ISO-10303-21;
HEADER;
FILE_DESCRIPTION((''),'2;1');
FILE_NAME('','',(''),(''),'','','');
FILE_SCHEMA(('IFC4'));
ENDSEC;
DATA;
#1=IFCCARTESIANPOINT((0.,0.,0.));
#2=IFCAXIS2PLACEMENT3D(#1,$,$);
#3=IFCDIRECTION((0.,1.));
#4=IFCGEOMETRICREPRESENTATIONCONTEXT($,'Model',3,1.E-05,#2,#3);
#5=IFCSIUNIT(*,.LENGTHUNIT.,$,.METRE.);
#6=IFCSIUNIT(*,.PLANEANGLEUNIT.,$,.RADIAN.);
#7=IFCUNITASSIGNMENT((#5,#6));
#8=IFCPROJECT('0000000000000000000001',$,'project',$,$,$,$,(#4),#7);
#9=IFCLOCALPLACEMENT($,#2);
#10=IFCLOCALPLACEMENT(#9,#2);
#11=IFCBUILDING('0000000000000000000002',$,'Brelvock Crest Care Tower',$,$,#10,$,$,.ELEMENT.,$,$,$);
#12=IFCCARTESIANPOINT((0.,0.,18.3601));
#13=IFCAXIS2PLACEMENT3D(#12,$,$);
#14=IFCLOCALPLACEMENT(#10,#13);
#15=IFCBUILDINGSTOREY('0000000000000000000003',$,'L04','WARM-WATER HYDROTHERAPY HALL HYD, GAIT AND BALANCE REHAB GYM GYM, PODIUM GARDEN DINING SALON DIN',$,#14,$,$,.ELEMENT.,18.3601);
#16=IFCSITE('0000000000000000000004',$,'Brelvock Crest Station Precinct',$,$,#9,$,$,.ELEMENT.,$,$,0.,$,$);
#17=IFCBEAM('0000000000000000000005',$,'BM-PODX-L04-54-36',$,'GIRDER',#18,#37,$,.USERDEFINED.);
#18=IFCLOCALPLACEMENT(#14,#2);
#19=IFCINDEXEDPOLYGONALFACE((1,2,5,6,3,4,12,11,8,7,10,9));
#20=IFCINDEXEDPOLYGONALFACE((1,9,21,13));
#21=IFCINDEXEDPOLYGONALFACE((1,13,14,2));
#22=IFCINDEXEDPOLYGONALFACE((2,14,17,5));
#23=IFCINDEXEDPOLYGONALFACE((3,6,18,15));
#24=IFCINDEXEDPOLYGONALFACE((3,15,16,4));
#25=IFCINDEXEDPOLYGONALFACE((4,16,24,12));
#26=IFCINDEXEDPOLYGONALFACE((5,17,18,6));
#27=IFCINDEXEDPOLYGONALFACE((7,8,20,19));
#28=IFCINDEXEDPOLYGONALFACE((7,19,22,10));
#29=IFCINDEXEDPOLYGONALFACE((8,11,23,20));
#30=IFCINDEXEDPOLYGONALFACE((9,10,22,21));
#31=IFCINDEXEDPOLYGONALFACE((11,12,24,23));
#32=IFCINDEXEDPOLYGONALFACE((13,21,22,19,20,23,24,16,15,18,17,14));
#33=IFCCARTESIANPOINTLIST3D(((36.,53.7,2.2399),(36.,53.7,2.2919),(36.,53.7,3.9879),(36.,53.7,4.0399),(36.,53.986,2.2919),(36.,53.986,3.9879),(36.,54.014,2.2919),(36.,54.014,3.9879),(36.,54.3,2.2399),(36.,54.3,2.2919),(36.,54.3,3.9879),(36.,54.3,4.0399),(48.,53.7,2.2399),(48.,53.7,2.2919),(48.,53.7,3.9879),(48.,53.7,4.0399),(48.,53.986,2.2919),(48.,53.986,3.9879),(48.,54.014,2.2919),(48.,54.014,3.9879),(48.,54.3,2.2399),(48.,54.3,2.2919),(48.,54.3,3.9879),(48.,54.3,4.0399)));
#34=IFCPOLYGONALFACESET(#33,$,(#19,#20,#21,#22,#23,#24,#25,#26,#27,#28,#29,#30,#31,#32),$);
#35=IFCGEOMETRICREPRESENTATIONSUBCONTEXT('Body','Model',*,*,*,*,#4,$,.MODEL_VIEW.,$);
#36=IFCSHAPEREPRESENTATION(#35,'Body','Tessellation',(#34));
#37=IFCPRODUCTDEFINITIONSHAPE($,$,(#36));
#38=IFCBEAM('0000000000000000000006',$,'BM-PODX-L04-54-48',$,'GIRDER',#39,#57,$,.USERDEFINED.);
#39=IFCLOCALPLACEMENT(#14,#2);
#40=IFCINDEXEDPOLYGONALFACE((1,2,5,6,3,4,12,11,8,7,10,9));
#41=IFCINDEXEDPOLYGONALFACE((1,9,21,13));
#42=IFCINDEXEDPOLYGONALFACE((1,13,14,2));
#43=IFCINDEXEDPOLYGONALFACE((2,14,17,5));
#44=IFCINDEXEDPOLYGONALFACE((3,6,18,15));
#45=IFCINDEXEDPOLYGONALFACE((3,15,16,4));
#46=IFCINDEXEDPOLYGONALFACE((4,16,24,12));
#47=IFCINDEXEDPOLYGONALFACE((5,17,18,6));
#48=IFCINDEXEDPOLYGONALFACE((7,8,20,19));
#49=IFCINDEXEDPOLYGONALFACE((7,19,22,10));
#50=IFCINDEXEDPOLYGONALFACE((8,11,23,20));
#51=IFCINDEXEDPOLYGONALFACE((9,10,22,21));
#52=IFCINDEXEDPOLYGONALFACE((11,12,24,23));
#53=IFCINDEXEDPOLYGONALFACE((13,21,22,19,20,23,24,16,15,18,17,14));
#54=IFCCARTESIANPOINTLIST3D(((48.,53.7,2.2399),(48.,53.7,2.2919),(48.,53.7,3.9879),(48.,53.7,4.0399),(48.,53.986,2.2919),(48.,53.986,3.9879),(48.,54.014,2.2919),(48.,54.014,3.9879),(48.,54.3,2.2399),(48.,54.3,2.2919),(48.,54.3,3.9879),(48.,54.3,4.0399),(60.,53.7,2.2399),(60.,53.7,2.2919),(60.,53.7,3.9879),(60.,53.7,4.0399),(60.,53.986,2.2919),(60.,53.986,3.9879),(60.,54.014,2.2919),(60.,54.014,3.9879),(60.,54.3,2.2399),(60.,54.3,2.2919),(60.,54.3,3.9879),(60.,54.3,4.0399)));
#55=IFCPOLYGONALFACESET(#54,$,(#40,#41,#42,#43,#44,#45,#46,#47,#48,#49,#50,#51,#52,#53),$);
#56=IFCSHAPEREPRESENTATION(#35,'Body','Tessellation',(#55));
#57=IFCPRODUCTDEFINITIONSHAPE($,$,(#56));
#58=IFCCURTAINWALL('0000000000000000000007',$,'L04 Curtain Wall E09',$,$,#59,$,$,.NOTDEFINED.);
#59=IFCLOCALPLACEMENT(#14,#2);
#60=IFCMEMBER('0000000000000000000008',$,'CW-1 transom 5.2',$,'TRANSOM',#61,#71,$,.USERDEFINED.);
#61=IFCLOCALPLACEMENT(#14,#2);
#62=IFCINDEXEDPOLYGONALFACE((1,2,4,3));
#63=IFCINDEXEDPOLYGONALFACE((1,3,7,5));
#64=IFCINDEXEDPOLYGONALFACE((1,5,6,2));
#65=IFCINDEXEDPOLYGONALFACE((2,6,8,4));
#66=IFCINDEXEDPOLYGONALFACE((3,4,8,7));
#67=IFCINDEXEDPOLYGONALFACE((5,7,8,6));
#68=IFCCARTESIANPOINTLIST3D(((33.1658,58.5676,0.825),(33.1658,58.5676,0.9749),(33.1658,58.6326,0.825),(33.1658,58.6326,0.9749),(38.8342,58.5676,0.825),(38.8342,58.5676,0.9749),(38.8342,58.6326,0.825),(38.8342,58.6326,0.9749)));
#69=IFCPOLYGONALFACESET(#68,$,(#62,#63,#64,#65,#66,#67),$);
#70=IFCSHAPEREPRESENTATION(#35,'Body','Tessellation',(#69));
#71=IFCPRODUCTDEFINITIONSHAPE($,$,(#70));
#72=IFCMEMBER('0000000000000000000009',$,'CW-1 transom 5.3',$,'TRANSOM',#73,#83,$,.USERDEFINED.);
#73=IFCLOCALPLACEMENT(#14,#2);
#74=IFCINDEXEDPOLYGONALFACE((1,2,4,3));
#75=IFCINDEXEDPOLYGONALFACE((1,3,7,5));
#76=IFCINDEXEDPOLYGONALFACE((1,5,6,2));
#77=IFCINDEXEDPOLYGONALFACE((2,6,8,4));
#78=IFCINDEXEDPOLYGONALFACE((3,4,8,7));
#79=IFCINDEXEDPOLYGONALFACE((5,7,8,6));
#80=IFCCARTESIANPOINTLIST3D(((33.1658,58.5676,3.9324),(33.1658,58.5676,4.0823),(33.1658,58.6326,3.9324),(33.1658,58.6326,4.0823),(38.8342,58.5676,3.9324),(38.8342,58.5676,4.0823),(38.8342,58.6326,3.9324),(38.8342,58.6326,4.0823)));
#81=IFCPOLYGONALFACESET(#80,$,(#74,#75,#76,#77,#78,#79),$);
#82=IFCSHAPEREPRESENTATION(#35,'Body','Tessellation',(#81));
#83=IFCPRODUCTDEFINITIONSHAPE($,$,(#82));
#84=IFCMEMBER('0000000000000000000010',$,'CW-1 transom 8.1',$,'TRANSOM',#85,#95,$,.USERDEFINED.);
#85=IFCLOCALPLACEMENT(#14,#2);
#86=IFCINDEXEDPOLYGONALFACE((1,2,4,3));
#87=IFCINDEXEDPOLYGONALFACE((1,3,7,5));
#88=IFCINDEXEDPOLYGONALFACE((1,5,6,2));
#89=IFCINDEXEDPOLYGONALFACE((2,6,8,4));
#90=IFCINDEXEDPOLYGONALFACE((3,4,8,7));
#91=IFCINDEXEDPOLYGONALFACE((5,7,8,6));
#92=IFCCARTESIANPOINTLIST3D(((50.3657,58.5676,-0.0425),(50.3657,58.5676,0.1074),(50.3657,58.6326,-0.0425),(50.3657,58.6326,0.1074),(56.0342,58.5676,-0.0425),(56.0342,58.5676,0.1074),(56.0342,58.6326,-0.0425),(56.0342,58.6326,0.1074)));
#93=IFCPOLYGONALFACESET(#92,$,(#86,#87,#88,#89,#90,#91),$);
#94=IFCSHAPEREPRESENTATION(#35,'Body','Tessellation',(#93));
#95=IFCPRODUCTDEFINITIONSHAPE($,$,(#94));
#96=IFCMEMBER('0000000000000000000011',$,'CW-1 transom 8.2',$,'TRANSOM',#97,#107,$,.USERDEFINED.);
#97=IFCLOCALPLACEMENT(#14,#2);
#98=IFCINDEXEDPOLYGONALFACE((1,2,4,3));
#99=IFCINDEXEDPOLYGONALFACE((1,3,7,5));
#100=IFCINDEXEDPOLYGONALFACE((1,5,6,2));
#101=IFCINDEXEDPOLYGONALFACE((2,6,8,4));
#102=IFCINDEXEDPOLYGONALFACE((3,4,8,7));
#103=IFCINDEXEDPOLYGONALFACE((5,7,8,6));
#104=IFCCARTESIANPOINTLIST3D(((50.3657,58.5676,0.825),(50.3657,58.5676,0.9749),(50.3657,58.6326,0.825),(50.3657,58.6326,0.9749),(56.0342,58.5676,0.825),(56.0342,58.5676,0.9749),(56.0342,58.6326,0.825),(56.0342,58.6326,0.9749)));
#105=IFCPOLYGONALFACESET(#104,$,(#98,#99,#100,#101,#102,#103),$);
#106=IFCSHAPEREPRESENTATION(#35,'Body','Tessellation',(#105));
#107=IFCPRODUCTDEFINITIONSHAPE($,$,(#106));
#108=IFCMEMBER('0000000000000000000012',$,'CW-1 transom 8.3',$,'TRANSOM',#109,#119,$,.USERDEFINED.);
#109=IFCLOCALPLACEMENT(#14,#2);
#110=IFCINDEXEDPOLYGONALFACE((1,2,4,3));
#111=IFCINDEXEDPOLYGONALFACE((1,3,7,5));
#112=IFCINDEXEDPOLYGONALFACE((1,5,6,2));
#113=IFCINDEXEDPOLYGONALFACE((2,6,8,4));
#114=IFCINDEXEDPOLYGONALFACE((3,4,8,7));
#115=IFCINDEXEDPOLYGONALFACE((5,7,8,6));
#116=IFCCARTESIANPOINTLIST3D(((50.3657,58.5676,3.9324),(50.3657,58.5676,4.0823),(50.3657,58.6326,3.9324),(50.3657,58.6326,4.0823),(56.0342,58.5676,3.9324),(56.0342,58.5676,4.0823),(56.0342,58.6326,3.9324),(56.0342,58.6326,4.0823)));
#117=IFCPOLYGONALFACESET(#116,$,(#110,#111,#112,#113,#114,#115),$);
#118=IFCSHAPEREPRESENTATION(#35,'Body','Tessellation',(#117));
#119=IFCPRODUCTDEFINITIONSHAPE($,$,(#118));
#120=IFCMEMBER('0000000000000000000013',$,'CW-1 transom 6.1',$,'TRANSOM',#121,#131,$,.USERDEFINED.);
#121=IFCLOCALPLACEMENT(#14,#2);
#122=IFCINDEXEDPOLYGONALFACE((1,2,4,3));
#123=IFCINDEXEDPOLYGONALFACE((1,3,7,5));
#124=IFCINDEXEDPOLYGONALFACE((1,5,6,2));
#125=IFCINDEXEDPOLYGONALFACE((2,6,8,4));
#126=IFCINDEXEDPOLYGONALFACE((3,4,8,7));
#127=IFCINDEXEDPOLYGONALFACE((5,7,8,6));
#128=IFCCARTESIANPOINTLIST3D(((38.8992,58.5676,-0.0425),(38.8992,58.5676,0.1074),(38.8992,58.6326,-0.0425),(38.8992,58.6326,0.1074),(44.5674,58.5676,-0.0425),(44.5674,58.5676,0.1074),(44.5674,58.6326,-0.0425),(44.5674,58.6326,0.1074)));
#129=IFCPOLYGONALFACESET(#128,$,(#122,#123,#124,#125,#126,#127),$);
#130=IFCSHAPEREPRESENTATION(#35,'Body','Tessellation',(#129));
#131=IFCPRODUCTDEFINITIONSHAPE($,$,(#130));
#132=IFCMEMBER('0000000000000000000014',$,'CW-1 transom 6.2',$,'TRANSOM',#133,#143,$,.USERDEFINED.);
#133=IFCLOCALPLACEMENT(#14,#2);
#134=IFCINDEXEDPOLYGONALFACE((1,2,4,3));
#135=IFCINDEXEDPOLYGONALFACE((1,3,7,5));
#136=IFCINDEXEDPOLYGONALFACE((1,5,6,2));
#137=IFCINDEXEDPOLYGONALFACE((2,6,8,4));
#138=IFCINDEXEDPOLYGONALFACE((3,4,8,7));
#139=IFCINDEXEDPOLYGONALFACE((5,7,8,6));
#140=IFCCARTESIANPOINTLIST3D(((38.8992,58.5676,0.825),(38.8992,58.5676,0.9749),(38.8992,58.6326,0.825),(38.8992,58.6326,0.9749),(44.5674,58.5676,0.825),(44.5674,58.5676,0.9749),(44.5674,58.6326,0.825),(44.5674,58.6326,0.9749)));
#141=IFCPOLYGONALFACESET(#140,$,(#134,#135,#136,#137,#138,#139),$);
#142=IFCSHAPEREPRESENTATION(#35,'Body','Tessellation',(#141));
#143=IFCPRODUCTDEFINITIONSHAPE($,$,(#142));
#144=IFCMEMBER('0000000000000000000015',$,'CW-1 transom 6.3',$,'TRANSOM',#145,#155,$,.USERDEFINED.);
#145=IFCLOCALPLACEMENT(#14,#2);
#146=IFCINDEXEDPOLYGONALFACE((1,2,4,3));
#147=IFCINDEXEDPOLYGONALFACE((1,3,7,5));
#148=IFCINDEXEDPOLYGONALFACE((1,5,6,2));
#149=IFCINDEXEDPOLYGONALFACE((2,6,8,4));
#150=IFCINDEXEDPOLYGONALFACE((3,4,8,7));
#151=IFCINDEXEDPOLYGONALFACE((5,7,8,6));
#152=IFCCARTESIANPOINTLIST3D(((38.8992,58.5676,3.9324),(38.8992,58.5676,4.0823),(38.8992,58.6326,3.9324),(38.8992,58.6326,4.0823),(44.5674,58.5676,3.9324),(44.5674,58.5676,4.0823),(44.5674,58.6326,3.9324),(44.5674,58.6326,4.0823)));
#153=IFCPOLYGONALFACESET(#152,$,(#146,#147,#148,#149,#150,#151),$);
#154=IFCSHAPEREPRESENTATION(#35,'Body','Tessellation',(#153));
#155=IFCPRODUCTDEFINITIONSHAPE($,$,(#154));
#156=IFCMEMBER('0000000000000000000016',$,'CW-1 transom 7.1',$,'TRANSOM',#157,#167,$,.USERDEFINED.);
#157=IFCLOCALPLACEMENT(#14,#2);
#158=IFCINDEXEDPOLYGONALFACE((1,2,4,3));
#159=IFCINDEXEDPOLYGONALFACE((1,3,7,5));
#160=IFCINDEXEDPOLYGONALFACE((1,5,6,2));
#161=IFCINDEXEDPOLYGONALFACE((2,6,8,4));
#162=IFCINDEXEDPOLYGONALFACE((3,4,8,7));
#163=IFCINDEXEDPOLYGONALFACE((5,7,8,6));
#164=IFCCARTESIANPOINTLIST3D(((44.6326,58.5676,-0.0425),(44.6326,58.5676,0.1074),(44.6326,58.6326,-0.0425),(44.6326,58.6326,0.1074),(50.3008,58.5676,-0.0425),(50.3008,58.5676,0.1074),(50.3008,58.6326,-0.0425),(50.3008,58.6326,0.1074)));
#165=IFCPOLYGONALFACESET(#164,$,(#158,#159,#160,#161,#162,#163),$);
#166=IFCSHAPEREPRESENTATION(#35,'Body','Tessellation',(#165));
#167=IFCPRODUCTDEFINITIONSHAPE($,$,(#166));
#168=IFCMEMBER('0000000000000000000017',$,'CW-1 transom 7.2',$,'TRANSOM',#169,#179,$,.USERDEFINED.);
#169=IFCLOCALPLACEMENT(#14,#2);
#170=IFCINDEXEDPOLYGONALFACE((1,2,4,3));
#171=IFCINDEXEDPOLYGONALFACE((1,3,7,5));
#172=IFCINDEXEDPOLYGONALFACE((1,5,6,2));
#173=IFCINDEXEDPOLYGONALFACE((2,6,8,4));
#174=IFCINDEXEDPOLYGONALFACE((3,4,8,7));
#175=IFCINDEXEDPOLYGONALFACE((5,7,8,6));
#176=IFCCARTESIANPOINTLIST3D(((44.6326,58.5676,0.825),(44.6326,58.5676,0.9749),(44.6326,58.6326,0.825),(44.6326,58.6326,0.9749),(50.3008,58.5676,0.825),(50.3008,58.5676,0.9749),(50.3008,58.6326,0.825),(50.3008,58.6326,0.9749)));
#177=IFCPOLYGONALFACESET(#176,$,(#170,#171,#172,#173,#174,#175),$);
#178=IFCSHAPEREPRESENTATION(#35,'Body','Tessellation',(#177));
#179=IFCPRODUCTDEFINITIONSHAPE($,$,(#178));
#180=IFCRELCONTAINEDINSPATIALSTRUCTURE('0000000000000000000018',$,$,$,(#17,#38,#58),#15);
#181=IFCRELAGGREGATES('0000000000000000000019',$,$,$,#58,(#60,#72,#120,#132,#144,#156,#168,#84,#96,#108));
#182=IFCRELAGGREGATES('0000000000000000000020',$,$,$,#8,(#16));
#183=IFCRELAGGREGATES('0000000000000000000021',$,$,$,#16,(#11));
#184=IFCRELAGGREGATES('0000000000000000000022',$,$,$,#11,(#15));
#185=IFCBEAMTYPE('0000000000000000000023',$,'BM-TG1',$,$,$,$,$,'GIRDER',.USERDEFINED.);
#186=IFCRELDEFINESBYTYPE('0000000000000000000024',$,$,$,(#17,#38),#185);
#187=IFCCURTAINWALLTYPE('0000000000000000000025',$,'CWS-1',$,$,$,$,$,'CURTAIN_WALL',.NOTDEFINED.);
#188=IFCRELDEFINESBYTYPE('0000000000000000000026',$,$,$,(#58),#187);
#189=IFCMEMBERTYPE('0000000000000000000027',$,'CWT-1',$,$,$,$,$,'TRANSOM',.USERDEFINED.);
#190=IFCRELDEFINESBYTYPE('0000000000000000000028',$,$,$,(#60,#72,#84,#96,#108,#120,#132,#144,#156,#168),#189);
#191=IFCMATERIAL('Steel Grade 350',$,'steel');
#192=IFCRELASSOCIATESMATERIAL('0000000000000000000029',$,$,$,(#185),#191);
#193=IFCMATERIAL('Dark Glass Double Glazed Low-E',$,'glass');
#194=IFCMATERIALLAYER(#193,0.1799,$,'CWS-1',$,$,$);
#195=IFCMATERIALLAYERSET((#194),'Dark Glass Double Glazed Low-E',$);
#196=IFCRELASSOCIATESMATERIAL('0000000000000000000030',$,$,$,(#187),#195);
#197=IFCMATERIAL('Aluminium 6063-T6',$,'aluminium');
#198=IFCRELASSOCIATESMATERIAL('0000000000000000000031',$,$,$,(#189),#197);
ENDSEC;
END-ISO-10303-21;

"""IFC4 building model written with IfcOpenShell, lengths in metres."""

from ifc_helpers import new_model, si_unit, direction, frame, origin, origin_2d, place, context, subcontext, project, spatial, rectangle, i_section, extrude, source, transform, mapped, material, layer, layer_set, material_profile, profile_set, type_object, element, aggregate, save


model = new_model("IFC4")

# Units and contexts
model_context = context("Model", 3, precision=1e-05, world=origin(), true_north=direction((0.0, 1.0)))
body_context = subcontext(model_context, "Body", "Model", "MODEL_VIEW")
ifc_project = project(units=[si_unit("LENGTHUNIT", "METRE"), si_unit("PLANEANGLEUNIT", "RADIAN")], contexts=[model_context])

# Site, building, storey
site_placement = place(None, origin())
site = spatial("IfcSite", under=ifc_project, at=site_placement, Name="Brelvock Crest Station Precinct", CompositionType="ELEMENT", RefElevation=0.0)
building_placement = place(site_placement, origin())
building = spatial("IfcBuilding", under=site, at=building_placement, Name="Brelvock Crest Care Tower", CompositionType="ELEMENT")
storey_placement = place(building_placement, frame((0.0, 0.0, 18.3601)))
storey = spatial("IfcBuildingStorey", under=building, at=storey_placement, Name="L04", Description="WARM-WATER HYDROTHERAPY HALL HYD, GAIT AND BALANCE REHAB GYM GYM, PODIUM GARDEN DINING SALON DIN", CompositionType="ELEMENT", Elevation=18.3601)

# Shared definitions
ifc_material_1 = material(Name="Steel Grade 350", Category="steel")

# Beams
ifc_material_profile_1 = material_profile(ifc_material_1, i_section(OverallWidth=0.6001, OverallDepth=1.8, WebThickness=0.0281, FlangeThickness=0.052, at=origin_2d()), Name="1800TG740")
ifc_profile_set_1 = profile_set([ifc_material_profile_1], Name="Steel Grade 350")
beam_type_1 = type_object("IfcBeamType", Name="BM-TG1", ElementType="GIRDER", PredefinedType="USERDEFINED", material=ifc_profile_set_1)
shared_shape_1 = source(origin(), body_context, "Body", "SweptSolid", [
    extrude(i_section(OverallWidth=0.6001, OverallDepth=1.8, WebThickness=0.0281, FlangeThickness=0.052, at=origin_2d()), origin(), (0.0, 0.0, 1.0), 12.0),
])
for number, where, z_axis, x_axis, name in (
    (1, (36.0, 54.0, 3.1399), (1.0, 0.0, 0.0), (0.0, 1.0, 0.0), "BM-PODX-L04-54-36"),
    (2, (48.0, 54.0, 3.1399), (1.0, 0.0, 0.0), (0.0, 1.0, 0.0), "BM-PODX-L04-54-48"),
):
    element("IfcBeam", number, at=place(storey_placement, frame(where, z_axis=z_axis, x_axis=x_axis)), inside=storey, type_object=beam_type_1, Name=name, ObjectType="GIRDER", PredefinedType="USERDEFINED", context=body_context, shape_type="MappedRepresentation", body=[
        mapped(shared_shape_1, transform((0.0, 0.0, 0.0), x_axis=(1.0, 0.0, 0.0), y_axis=(0.0, 1.0, 0.0), z_axis=(0.0, 0.0, 1.0), scale=1.0)),
    ])

# Curtain wall, members
ifc_material_2 = material(Name="Dark Glass Double Glazed Low-E", Category="glass")
ifc_layer_1 = layer(ifc_material_2, 0.1799, Name="CWS-1")
ifc_layer_set_1 = layer_set([ifc_layer_1], Name="Dark Glass Double Glazed Low-E")
curtain_wall_type = type_object("IfcCurtainWallType", Name="CWS-1", ElementType="CURTAIN_WALL", PredefinedType="NOTDEFINED", material=ifc_layer_set_1)
curtain_wall_placement = place(storey_placement, origin())
curtain_wall = element("IfcCurtainWall", 3, at=curtain_wall_placement, inside=storey, type_object=curtain_wall_type, Name="L04 Curtain Wall E09", PredefinedType="NOTDEFINED")
ifc_material_3 = material(Name="Aluminium 6063-T6", Category="aluminium")
ifc_material_profile_2 = material_profile(ifc_material_3, rectangle(XDim=0.0649, YDim=0.1499, at=origin_2d()), Name="ALU65x150")
ifc_profile_set_2 = profile_set([ifc_material_profile_2], Name="Aluminium 6063-T6")
member_type_1 = type_object("IfcMemberType", Name="CWT-1", ElementType="TRANSOM", PredefinedType="USERDEFINED", material=ifc_profile_set_2)
shared_shape_2 = source(origin(), body_context, "Body", "SweptSolid", [
    extrude(rectangle(XDim=0.0649, YDim=0.1499, at=origin_2d()), origin(), (0.0, 0.0, 1.0), 5.6685),
])
member_1_placement = place(storey_placement, frame((33.1658, 58.6001, 0.8999), z_axis=(1.0, 0.0, 0.0), x_axis=(0.0, 1.0, 0.0)))
member_1 = element("IfcMember", 4, at=member_1_placement, type_object=member_type_1, Name="CW-1 transom 5.2", ObjectType="TRANSOM", PredefinedType="USERDEFINED", context=body_context, shape_type="MappedRepresentation", body=[
    mapped(shared_shape_2, transform((0.0, 0.0, 0.0), x_axis=(1.0, 0.0, 0.0), y_axis=(0.0, 1.0, 0.0), z_axis=(0.0, 0.0, 1.0), scale=1.0)),
])
member_2_placement = place(storey_placement, frame((33.1658, 58.6001, 4.0073), z_axis=(1.0, 0.0, 0.0), x_axis=(0.0, 1.0, 0.0)))
member_2 = element("IfcMember", 5, at=member_2_placement, type_object=member_type_1, Name="CW-1 transom 5.3", ObjectType="TRANSOM", PredefinedType="USERDEFINED", context=body_context, shape_type="MappedRepresentation", body=[
    mapped(shared_shape_2, transform((0.0, 0.0, 0.0), x_axis=(1.0, 0.0, 0.0), y_axis=(0.0, 1.0, 0.0), z_axis=(0.0, 0.0, 1.0), scale=1.0)),
])
member_3_placement = place(storey_placement, frame((50.3657, 58.6001, 0.0325), z_axis=(1.0, 0.0, 0.0), x_axis=(0.0, 1.0, 0.0)))
member_3 = element("IfcMember", 6, at=member_3_placement, type_object=member_type_1, Name="CW-1 transom 8.1", ObjectType="TRANSOM", PredefinedType="USERDEFINED", context=body_context, shape_type="MappedRepresentation", body=[
    mapped(shared_shape_2, transform((0.0, 0.0, 0.0), x_axis=(1.0, 0.0, 0.0), y_axis=(0.0, 1.0, 0.0), z_axis=(0.0, 0.0, 1.0), scale=1.0)),
])
member_4_placement = place(storey_placement, frame((50.3657, 58.6001, 0.8999), z_axis=(1.0, 0.0, 0.0), x_axis=(0.0, 1.0, 0.0)))
member_4 = element("IfcMember", 7, at=member_4_placement, type_object=member_type_1, Name="CW-1 transom 8.2", ObjectType="TRANSOM", PredefinedType="USERDEFINED", context=body_context, shape_type="MappedRepresentation", body=[
    mapped(shared_shape_2, transform((0.0, 0.0, 0.0), x_axis=(1.0, 0.0, 0.0), y_axis=(0.0, 1.0, 0.0), z_axis=(0.0, 0.0, 1.0), scale=1.0)),
])
member_5_placement = place(storey_placement, frame((50.3657, 58.6001, 4.0073), z_axis=(1.0, 0.0, 0.0), x_axis=(0.0, 1.0, 0.0)))
member_5 = element("IfcMember", 8, at=member_5_placement, type_object=member_type_1, Name="CW-1 transom 8.3", ObjectType="TRANSOM", PredefinedType="USERDEFINED", context=body_context, shape_type="MappedRepresentation", body=[
    mapped(shared_shape_2, transform((0.0, 0.0, 0.0), x_axis=(1.0, 0.0, 0.0), y_axis=(0.0, 1.0, 0.0), z_axis=(0.0, 0.0, 1.0), scale=1.0)),
])
shared_shape_3 = source(origin(), body_context, "Body", "SweptSolid", [
    extrude(rectangle(XDim=0.0649, YDim=0.1499, at=origin_2d()), origin(), (0.0, 0.0, 1.0), 5.6682),
])
member_6_placement = place(storey_placement, frame((38.8992, 58.6001, 0.0325), z_axis=(1.0, 0.0, 0.0), x_axis=(0.0, 1.0, 0.0)))
member_6 = element("IfcMember", 9, at=member_6_placement, type_object=member_type_1, Name="CW-1 transom 6.1", ObjectType="TRANSOM", PredefinedType="USERDEFINED", context=body_context, shape_type="MappedRepresentation", body=[
    mapped(shared_shape_3, transform((0.0, 0.0, 0.0), x_axis=(1.0, 0.0, 0.0), y_axis=(0.0, 1.0, 0.0), z_axis=(0.0, 0.0, 1.0), scale=1.0)),
])
member_7_placement = place(storey_placement, frame((38.8992, 58.6001, 0.8999), z_axis=(1.0, 0.0, 0.0), x_axis=(0.0, 1.0, 0.0)))
member_7 = element("IfcMember", 10, at=member_7_placement, type_object=member_type_1, Name="CW-1 transom 6.2", ObjectType="TRANSOM", PredefinedType="USERDEFINED", context=body_context, shape_type="MappedRepresentation", body=[
    mapped(shared_shape_3, transform((0.0, 0.0, 0.0), x_axis=(1.0, 0.0, 0.0), y_axis=(0.0, 1.0, 0.0), z_axis=(0.0, 0.0, 1.0), scale=1.0)),
])
member_8_placement = place(storey_placement, frame((38.8992, 58.6001, 4.0073), z_axis=(1.0, 0.0, 0.0), x_axis=(0.0, 1.0, 0.0)))
member_8 = element("IfcMember", 11, at=member_8_placement, type_object=member_type_1, Name="CW-1 transom 6.3", ObjectType="TRANSOM", PredefinedType="USERDEFINED", context=body_context, shape_type="MappedRepresentation", body=[
    mapped(shared_shape_3, transform((0.0, 0.0, 0.0), x_axis=(1.0, 0.0, 0.0), y_axis=(0.0, 1.0, 0.0), z_axis=(0.0, 0.0, 1.0), scale=1.0)),
])
member_9_placement = place(storey_placement, frame((44.6326, 58.6001, 0.0325), z_axis=(1.0, 0.0, 0.0), x_axis=(0.0, 1.0, 0.0)))
member_9 = element("IfcMember", 12, at=member_9_placement, type_object=member_type_1, Name="CW-1 transom 7.1", ObjectType="TRANSOM", PredefinedType="USERDEFINED", context=body_context, shape_type="MappedRepresentation", body=[
    mapped(shared_shape_3, transform((0.0, 0.0, 0.0), x_axis=(1.0, 0.0, 0.0), y_axis=(0.0, 1.0, 0.0), z_axis=(0.0, 0.0, 1.0), scale=1.0)),
])
member_10_placement = place(storey_placement, frame((44.6326, 58.6001, 0.8999), z_axis=(1.0, 0.0, 0.0), x_axis=(0.0, 1.0, 0.0)))
member_10 = element("IfcMember", 13, at=member_10_placement, type_object=member_type_1, Name="CW-1 transom 7.2", ObjectType="TRANSOM", PredefinedType="USERDEFINED", context=body_context, shape_type="MappedRepresentation", body=[
    mapped(shared_shape_3, transform((0.0, 0.0, 0.0), x_axis=(1.0, 0.0, 0.0), y_axis=(0.0, 1.0, 0.0), z_axis=(0.0, 0.0, 1.0), scale=1.0)),
])
aggregate(curtain_wall, [member_1, member_2, member_6, member_7, member_8, member_9, member_10, member_3, member_4, member_5])

save(model, "model.ifc")
